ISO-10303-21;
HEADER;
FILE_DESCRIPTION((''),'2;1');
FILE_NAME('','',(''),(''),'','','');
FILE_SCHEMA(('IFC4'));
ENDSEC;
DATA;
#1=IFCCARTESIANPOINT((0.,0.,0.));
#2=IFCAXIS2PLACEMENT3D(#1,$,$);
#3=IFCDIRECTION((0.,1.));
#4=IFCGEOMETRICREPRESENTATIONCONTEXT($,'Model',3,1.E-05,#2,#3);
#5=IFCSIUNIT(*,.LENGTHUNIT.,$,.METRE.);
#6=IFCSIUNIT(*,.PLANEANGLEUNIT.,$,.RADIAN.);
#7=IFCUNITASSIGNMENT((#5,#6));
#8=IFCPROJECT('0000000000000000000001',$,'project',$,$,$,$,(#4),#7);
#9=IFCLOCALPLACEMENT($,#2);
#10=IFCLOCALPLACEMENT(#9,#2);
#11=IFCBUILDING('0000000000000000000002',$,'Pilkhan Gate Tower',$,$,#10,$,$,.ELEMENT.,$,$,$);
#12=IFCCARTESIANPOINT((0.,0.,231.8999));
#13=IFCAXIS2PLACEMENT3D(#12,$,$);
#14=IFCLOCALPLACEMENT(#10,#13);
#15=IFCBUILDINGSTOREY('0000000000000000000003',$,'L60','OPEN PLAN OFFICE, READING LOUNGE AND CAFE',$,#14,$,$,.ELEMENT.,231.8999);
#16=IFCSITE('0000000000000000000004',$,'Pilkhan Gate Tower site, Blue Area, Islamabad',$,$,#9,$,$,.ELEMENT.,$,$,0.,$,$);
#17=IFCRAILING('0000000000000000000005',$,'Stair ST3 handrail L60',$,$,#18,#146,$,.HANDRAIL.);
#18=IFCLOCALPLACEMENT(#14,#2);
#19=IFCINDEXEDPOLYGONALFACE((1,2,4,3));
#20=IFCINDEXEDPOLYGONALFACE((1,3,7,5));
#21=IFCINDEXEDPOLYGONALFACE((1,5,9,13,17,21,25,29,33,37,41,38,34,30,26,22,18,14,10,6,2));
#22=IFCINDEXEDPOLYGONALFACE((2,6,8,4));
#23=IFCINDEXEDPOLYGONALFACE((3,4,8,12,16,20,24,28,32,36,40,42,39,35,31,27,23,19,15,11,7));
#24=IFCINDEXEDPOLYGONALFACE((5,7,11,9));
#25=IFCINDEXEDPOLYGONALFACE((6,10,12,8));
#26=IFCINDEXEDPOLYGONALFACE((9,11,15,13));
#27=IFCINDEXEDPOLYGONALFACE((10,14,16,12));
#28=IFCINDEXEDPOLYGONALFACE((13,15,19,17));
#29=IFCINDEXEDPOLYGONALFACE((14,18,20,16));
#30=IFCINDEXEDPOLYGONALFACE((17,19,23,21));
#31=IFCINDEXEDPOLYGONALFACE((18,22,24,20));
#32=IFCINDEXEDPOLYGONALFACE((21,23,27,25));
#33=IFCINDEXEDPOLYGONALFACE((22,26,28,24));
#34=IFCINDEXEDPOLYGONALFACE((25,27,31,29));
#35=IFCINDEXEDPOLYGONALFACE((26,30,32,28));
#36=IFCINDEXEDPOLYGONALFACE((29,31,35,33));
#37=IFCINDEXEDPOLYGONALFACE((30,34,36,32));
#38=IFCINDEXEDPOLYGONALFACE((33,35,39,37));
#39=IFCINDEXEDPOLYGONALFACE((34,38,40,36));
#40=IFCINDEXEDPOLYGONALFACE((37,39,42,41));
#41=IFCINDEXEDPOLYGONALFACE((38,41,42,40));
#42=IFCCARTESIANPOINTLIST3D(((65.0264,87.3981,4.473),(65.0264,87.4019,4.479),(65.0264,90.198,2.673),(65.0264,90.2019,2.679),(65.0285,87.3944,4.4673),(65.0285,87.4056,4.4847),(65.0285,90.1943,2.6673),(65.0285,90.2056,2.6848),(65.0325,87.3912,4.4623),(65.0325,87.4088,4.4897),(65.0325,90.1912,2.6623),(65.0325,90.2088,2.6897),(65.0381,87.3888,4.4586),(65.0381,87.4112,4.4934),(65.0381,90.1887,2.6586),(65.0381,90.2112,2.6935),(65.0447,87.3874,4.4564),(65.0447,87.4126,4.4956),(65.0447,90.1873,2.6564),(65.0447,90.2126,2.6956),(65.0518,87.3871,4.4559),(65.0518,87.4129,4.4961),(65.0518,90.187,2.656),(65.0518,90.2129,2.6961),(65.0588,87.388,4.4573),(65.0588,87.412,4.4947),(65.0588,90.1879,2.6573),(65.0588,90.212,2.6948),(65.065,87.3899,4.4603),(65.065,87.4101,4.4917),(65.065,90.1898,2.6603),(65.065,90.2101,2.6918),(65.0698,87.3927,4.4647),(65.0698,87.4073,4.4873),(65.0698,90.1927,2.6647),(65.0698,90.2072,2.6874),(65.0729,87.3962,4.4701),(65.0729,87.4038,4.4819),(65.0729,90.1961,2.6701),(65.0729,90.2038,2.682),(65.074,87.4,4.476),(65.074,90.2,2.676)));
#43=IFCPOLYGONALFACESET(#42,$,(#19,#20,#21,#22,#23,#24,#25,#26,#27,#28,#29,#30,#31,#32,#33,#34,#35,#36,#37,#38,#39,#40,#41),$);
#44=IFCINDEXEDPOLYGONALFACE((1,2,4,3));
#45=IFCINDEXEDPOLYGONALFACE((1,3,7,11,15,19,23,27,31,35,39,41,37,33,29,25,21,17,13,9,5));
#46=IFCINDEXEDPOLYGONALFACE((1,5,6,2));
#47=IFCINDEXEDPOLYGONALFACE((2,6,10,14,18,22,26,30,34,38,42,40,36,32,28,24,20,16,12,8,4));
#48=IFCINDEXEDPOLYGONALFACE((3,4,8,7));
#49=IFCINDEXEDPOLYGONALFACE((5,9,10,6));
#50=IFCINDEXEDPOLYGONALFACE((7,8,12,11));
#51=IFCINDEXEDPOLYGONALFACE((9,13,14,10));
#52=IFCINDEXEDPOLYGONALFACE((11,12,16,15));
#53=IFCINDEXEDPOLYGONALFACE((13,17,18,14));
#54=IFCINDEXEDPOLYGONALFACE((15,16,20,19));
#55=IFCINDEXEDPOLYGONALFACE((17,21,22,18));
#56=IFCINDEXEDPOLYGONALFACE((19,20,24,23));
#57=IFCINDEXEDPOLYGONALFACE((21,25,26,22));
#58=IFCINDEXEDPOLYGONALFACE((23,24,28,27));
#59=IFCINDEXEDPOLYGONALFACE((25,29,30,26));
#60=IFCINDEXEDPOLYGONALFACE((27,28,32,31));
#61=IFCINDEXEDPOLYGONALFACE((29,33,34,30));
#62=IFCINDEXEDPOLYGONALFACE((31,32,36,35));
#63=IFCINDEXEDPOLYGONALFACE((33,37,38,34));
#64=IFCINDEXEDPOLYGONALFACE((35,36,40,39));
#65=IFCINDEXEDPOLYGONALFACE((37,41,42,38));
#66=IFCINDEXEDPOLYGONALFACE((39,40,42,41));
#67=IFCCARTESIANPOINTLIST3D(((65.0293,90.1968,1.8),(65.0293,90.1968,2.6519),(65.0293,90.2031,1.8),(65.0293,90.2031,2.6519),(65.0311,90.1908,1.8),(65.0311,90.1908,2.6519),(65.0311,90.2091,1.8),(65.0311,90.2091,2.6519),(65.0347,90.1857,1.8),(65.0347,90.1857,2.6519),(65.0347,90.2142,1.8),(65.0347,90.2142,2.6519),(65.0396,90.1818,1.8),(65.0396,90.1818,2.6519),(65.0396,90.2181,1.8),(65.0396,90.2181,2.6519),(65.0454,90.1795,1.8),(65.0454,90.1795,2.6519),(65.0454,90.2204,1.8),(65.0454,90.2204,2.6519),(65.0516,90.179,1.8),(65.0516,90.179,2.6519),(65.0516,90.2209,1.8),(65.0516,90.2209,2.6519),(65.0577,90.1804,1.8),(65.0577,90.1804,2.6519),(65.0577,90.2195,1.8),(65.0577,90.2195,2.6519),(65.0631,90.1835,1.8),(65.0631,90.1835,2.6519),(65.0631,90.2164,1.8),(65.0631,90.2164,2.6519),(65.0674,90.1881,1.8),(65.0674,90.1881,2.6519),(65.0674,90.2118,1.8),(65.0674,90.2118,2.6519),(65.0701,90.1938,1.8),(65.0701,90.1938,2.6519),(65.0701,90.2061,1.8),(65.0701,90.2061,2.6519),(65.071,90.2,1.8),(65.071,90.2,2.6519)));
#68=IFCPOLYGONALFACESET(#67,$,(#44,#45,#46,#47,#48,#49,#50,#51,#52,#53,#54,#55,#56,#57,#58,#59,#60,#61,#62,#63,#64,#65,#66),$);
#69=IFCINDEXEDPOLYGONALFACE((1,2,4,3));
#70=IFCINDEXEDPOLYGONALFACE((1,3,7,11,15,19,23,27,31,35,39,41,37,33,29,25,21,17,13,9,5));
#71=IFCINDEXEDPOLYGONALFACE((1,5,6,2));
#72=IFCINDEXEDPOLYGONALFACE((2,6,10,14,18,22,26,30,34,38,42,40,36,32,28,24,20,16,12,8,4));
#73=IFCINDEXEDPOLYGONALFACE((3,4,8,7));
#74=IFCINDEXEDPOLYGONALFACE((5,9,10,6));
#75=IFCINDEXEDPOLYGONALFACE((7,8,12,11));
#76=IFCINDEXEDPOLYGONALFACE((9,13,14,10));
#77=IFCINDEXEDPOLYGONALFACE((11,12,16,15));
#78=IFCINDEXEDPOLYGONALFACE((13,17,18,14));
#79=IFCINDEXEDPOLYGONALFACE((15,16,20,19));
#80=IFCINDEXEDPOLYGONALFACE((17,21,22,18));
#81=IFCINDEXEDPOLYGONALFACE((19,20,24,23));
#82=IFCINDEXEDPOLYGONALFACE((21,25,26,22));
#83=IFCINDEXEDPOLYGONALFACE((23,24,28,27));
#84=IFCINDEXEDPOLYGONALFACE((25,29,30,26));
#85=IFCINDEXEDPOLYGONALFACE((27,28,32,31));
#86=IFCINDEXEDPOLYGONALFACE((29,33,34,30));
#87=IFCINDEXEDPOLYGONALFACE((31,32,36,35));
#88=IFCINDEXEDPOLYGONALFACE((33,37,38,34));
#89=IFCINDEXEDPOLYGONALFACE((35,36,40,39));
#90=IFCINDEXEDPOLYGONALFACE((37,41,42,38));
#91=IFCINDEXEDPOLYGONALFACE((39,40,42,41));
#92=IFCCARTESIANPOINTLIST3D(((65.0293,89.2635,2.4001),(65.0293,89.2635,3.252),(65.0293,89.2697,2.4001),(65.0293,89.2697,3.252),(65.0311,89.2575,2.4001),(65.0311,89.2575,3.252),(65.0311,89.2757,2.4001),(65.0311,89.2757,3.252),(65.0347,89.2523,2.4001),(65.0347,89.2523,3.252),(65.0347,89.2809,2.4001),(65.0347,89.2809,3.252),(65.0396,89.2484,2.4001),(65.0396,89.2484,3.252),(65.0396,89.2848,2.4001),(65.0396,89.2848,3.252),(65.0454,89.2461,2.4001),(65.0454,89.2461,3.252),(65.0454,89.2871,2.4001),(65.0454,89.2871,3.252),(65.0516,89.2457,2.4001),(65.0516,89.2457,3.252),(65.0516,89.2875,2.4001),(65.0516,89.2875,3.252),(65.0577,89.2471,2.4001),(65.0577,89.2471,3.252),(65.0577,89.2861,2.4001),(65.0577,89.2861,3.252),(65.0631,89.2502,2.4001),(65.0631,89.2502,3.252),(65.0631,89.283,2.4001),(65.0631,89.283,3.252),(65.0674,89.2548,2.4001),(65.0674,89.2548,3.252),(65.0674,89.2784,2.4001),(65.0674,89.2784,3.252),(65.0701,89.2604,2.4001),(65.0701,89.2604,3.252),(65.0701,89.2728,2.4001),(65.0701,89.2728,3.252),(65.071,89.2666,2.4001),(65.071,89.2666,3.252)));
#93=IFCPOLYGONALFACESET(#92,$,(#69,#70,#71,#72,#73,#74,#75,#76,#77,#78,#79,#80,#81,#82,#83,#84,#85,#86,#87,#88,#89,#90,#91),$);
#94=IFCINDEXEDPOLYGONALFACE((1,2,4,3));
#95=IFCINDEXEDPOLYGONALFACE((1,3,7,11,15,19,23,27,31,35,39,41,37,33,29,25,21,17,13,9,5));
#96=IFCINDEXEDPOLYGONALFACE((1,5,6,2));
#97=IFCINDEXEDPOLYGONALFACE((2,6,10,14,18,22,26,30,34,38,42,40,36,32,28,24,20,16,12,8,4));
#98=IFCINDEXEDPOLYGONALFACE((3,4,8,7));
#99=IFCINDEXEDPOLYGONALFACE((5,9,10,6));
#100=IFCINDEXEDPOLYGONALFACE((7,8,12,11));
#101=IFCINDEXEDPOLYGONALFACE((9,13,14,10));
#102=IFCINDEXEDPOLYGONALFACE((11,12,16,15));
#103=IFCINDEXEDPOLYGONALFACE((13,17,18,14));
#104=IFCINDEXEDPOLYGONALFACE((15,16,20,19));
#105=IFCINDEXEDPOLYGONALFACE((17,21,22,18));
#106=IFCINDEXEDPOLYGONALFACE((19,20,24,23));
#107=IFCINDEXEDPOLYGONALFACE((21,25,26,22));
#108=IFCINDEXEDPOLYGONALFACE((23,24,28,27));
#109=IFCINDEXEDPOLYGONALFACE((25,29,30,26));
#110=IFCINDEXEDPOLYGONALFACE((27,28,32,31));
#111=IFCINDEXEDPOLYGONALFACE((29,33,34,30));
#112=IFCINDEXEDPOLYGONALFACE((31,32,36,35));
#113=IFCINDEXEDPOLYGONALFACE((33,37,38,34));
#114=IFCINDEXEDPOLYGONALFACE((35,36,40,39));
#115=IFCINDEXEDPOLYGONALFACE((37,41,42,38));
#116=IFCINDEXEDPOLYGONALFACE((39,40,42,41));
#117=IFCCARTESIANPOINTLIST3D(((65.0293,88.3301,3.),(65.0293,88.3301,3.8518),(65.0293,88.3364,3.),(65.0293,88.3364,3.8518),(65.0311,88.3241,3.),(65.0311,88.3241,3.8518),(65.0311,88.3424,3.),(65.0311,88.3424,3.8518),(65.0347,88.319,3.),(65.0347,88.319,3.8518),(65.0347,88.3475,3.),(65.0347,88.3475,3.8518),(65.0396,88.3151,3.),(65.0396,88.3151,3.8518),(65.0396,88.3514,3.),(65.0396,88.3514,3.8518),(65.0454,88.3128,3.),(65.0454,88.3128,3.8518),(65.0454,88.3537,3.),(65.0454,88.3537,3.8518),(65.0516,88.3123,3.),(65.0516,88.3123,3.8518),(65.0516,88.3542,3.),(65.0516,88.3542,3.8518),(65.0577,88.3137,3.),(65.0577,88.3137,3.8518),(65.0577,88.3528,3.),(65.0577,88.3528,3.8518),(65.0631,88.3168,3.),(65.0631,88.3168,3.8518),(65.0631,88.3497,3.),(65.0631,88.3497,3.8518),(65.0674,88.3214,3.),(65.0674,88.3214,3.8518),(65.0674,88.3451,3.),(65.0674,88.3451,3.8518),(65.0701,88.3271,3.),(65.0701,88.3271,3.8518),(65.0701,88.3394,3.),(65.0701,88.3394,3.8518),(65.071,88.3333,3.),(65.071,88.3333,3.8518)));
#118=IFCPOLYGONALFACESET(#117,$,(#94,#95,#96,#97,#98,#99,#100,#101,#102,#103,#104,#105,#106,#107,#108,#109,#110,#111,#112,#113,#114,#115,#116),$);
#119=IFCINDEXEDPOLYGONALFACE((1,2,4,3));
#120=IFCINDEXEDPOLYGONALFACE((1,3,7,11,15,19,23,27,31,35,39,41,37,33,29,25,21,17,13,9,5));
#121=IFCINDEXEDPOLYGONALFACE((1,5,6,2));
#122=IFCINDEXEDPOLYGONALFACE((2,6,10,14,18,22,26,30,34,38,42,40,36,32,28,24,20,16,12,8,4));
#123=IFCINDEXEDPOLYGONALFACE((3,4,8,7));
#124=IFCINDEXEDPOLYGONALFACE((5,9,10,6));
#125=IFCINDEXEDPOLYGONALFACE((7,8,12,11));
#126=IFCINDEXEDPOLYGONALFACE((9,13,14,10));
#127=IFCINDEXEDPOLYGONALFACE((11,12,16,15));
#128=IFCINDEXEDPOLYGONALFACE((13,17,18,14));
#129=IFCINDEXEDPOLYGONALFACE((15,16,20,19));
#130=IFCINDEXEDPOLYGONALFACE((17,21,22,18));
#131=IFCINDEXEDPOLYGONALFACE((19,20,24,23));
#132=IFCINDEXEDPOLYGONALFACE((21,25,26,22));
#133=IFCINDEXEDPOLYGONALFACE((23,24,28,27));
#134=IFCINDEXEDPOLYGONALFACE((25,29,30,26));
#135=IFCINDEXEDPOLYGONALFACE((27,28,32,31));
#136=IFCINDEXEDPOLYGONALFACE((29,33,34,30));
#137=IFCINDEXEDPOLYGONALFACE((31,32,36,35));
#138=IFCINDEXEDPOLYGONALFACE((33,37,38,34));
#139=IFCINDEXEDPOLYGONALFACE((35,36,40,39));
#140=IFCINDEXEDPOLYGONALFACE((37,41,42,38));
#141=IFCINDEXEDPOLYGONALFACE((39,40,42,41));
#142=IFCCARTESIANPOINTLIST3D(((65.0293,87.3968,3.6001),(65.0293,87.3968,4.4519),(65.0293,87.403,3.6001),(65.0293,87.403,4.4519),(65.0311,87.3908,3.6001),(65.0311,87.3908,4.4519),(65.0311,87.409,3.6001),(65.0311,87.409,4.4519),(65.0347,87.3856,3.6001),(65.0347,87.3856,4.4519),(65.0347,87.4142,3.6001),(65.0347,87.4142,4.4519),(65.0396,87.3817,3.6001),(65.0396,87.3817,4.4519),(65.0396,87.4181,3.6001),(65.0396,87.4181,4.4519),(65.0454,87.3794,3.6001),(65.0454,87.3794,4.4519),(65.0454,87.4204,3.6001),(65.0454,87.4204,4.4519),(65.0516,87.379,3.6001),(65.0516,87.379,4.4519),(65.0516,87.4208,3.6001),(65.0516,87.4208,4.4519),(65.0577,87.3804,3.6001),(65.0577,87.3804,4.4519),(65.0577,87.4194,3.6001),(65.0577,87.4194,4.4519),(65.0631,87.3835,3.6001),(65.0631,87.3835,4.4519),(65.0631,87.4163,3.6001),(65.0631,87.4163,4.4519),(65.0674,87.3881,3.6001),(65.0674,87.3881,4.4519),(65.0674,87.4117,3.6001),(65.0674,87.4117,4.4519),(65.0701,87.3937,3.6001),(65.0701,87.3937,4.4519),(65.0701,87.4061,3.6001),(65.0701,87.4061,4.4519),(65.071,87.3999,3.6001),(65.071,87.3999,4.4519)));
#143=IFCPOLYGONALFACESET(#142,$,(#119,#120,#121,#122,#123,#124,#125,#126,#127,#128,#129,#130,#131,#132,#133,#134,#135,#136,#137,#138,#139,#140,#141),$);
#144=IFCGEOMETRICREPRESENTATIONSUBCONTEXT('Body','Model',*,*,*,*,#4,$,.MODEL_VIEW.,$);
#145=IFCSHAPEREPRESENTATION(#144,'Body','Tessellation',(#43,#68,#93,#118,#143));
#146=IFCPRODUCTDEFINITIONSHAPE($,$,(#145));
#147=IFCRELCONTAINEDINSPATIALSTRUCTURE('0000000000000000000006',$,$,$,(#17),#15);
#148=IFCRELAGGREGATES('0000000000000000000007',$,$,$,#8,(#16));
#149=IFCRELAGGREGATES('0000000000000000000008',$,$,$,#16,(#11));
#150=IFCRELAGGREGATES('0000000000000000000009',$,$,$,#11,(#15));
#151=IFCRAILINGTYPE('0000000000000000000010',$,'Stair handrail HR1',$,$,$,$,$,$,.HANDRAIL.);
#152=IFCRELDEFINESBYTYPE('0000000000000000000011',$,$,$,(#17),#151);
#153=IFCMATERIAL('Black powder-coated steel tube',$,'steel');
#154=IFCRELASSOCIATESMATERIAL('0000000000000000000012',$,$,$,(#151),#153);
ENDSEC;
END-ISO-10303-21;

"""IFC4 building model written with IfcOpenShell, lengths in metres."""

from ifc_helpers import new_model, si_unit, direction, frame, origin, origin_2d, place, context, subcontext, project, spatial, circle, extrude, material, type_object, element, save


model = new_model("IFC4")

# Units and contexts
model_context = context("Model", 3, precision=1e-05, world=origin(), true_north=direction((0.0, 1.0)))
body_context = subcontext(model_context, "Body", "Model", "MODEL_VIEW")
ifc_project = project(units=[si_unit("LENGTHUNIT", "METRE"), si_unit("PLANEANGLEUNIT", "RADIAN")], contexts=[model_context])

# Site, building, storey
site_placement = place(None, origin())
site = spatial("IfcSite", under=ifc_project, at=site_placement, Name="Pilkhan Gate Tower site, Blue Area, Islamabad", CompositionType="ELEMENT", RefElevation=0.0)
building_placement = place(site_placement, origin())
building = spatial("IfcBuilding", under=site, at=building_placement, Name="Pilkhan Gate Tower", CompositionType="ELEMENT")
storey_placement = place(building_placement, frame((0.0, 0.0, 231.8999)))
storey = spatial("IfcBuildingStorey", under=building, at=storey_placement, Name="L60", Description="OPEN PLAN OFFICE, READING LOUNGE AND CAFE", CompositionType="ELEMENT", Elevation=231.8999)

# Railing
ifc_material_1 = material(Name="Black powder-coated steel tube", Category="steel")
railing_type_1 = type_object("IfcRailingType", Name="Stair handrail HR1", PredefinedType="HANDRAIL", material=ifc_material_1)
railing_1_placement = place(storey_placement, frame((65.05, 90.2, 1.8)))
element("IfcRailing", 1, at=railing_1_placement, inside=storey, type_object=railing_type_1, Name="Stair ST3 handrail L60", PredefinedType="HANDRAIL", context=body_context, shape_type="SweptSolid", body=[
    extrude(circle(Radius=0.0239, at=origin_2d()), frame((0.0, 0.0, 0.876), z_axis=(0.0, -0.841176, 0.540761), x_axis=(1.0, 0.0, 0.0)), (0.0, 0.0, 1.0), 3.3286),
    extrude(circle(Radius=0.021, at=origin_2d()), origin(), (0.0, 0.0, 1.0), 0.8518),
    extrude(circle(Radius=0.021, at=origin_2d()), frame((0.0, -0.9333, 0.6001)), (0.0, 0.0, 1.0), 0.8518),
    extrude(circle(Radius=0.021, at=origin_2d()), frame((0.0, -1.8667, 1.2)), (0.0, 0.0, 1.0), 0.8518),
    extrude(circle(Radius=0.021, at=origin_2d()), frame((0.0, -2.8, 1.8)), (0.0, 0.0, 1.0), 0.8518),
])

save(model, "model.ifc")
